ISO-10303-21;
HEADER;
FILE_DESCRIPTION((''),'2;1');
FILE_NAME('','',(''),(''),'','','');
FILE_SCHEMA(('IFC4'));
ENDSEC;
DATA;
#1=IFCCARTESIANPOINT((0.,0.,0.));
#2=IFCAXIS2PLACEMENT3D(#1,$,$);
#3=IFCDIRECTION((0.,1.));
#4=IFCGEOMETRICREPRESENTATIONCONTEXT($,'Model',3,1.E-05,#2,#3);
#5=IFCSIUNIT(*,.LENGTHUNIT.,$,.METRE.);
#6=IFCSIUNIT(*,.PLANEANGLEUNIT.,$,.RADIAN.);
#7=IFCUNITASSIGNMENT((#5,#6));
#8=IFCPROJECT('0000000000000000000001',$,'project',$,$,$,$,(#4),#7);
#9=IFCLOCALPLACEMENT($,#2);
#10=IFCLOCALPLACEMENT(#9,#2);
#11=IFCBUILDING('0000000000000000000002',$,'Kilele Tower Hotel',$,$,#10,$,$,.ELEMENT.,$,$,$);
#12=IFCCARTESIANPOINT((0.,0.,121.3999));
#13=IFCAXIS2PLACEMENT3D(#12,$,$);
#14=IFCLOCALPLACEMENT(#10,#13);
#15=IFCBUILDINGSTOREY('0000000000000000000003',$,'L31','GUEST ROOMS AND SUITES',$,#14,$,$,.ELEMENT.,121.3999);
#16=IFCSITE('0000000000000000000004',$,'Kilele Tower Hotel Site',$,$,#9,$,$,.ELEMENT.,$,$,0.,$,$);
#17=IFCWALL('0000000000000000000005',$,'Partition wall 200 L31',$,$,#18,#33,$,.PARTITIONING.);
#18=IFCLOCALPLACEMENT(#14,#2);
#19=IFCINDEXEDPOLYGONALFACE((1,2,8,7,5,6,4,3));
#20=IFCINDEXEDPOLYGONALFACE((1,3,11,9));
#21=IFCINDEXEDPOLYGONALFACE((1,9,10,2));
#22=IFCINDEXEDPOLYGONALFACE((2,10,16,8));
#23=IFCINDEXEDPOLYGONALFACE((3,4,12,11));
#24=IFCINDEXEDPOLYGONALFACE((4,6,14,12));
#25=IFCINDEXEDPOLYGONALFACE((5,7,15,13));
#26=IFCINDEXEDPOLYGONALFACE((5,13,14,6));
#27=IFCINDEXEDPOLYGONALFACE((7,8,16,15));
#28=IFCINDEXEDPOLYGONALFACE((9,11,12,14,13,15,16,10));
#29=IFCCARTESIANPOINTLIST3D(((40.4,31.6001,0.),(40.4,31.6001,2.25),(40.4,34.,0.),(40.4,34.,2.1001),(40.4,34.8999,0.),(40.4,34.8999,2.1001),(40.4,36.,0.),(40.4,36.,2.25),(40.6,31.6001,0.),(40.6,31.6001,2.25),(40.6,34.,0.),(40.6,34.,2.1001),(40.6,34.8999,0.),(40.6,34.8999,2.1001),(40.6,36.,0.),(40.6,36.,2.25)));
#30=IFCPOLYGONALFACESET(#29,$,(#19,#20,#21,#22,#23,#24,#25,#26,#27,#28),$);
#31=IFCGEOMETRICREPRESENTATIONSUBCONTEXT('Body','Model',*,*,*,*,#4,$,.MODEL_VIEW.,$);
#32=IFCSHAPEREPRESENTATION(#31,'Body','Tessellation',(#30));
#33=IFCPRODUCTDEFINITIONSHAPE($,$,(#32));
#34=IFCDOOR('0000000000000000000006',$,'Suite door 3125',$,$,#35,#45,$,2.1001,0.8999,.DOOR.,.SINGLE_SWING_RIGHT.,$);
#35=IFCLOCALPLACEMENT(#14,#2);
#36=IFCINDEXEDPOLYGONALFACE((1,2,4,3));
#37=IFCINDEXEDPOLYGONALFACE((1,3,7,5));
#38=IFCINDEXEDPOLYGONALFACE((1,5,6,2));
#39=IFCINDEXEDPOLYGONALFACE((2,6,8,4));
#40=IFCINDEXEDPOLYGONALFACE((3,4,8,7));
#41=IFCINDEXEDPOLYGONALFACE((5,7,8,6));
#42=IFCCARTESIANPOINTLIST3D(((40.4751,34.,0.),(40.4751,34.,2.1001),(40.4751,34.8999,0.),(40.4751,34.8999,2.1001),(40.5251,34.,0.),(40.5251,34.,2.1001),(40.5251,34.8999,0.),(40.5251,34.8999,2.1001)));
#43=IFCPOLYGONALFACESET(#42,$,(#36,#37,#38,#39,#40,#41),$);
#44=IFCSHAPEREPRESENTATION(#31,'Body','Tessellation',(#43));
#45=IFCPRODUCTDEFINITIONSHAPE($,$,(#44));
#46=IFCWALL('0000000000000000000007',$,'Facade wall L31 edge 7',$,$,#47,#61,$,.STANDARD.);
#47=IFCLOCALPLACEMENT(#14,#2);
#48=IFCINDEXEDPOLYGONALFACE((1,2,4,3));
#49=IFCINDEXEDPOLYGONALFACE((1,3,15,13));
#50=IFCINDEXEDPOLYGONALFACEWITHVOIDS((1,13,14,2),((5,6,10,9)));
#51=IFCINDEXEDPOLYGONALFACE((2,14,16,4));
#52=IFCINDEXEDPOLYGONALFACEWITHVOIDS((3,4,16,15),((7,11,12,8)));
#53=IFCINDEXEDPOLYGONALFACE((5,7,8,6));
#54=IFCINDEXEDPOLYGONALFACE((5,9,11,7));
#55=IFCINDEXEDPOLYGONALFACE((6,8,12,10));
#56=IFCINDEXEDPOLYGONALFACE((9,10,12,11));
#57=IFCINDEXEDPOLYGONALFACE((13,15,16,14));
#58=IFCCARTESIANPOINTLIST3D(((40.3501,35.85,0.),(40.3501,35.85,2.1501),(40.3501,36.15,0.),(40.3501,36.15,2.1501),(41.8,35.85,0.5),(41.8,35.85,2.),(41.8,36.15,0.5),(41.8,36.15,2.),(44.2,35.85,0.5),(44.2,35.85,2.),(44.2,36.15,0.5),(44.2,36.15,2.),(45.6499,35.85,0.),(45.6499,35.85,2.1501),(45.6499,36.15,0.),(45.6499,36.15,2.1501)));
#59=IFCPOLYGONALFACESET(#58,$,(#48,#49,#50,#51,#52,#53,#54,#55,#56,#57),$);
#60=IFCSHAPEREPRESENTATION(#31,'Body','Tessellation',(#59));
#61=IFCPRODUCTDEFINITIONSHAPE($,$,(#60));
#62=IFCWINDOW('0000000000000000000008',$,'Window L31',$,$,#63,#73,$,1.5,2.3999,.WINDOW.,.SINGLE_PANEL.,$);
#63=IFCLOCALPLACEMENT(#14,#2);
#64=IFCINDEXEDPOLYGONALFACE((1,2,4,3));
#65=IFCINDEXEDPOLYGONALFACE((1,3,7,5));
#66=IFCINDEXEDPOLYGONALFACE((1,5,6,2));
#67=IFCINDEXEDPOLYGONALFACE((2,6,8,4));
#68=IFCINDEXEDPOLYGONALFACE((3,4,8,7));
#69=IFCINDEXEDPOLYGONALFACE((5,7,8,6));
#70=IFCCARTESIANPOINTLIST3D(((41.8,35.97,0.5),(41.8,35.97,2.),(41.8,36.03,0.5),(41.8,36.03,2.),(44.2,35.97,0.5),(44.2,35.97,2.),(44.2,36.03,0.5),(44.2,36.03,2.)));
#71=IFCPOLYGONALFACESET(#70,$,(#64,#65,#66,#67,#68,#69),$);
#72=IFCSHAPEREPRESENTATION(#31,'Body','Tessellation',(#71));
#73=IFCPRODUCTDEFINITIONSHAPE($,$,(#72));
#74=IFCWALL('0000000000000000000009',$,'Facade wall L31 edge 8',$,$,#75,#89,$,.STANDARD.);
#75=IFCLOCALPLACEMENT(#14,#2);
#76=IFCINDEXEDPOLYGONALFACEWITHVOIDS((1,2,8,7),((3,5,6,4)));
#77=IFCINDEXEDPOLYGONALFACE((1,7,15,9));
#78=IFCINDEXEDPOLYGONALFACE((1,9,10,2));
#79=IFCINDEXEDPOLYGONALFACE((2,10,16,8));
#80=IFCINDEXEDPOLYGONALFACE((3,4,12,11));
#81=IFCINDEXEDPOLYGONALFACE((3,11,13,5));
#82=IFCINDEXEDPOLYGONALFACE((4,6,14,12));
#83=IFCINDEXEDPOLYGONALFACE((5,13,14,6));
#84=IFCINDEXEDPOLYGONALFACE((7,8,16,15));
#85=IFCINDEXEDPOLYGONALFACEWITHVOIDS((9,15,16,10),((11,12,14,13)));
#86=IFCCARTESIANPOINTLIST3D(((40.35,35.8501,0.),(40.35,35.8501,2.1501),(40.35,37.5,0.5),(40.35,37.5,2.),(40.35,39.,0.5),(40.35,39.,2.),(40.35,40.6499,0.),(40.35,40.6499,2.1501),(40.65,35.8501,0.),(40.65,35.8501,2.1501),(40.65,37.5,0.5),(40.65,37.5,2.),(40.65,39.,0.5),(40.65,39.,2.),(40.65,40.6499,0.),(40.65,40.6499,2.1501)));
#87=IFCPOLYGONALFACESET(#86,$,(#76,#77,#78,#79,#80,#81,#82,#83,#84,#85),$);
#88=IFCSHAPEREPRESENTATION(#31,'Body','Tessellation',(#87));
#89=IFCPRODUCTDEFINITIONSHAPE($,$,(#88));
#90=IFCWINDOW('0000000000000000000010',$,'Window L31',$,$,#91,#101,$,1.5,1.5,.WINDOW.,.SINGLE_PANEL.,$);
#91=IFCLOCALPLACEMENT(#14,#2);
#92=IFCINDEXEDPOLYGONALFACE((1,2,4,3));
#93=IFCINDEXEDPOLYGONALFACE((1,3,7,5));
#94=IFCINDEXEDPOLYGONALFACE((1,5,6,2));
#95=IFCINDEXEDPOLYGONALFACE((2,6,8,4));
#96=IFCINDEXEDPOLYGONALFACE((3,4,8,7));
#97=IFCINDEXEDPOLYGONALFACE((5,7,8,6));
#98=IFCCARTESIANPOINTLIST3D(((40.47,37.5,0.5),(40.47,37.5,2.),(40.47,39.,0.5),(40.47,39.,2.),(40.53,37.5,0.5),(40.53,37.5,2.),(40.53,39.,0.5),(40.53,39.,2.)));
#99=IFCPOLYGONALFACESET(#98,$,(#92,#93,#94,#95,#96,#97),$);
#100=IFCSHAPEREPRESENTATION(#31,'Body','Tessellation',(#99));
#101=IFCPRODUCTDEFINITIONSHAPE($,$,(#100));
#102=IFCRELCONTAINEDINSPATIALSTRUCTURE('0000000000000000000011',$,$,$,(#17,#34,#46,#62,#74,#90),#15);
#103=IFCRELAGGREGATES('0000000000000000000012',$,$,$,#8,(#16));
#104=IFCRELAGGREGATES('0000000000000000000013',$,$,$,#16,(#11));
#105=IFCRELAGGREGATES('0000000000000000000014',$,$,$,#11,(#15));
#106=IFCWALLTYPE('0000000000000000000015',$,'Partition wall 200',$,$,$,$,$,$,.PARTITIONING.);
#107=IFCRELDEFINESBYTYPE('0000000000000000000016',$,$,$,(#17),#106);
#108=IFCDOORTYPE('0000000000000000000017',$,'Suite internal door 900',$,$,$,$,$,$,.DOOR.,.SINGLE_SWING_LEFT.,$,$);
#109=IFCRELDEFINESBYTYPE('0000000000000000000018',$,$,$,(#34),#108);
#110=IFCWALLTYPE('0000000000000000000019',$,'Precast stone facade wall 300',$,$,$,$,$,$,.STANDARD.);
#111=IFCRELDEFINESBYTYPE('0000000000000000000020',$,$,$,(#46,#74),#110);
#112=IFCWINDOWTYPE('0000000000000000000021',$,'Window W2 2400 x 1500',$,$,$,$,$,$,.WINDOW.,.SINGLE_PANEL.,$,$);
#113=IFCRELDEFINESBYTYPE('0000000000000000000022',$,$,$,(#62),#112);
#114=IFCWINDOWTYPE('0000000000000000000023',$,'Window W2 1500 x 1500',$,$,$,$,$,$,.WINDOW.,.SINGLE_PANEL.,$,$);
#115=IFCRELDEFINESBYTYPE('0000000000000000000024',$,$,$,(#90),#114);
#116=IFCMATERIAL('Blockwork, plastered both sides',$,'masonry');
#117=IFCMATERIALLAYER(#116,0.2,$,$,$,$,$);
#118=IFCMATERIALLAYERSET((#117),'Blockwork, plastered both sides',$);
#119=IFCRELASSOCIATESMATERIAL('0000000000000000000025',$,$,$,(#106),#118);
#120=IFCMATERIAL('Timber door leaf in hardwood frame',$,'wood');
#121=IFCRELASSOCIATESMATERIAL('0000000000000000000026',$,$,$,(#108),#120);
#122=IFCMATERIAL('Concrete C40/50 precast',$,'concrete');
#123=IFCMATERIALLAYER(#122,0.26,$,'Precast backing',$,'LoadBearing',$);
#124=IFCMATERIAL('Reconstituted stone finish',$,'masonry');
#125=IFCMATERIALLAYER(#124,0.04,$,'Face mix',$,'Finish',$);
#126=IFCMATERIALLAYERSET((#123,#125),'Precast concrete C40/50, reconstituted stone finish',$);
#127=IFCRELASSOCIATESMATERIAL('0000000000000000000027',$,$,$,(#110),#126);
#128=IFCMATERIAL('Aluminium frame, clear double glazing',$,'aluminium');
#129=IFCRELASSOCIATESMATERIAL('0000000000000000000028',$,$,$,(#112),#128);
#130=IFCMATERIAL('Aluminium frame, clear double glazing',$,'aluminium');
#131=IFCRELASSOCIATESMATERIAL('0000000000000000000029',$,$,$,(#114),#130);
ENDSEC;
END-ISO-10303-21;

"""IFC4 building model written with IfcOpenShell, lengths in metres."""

from ifc_helpers import new_model, si_unit, direction, frame, frame_2d, origin, place, context, subcontext, project, spatial, rectangle, extrude, material, layer, layer_set, type_object, element, fill, save


model = new_model("IFC4")

# Units and contexts
model_context = context("Model", 3, precision=1e-05, world=origin(), true_north=direction((0.0, 1.0)))
body_context = subcontext(model_context, "Body", "Model", "MODEL_VIEW")
ifc_project = project(units=[si_unit("LENGTHUNIT", "METRE"), si_unit("PLANEANGLEUNIT", "RADIAN")], contexts=[model_context])

# Site, building, storey
site_placement = place(None, origin())
site = spatial("IfcSite", under=ifc_project, at=site_placement, Name="Kilele Tower Hotel Site", CompositionType="ELEMENT", RefElevation=0.0)
building_placement = place(site_placement, origin())
building = spatial("IfcBuilding", under=site, at=building_placement, Name="Kilele Tower Hotel", CompositionType="ELEMENT")
storey_placement = place(building_placement, frame((0.0, 0.0, 121.3999)))
storey = spatial("IfcBuildingStorey", under=building, at=storey_placement, Name="L31", Description="GUEST ROOMS AND SUITES", CompositionType="ELEMENT", Elevation=121.3999)

# Wall, opening, door
ifc_material_1 = material(Name="Blockwork, plastered both sides", Category="masonry")
ifc_layer_1 = layer(ifc_material_1, 0.2)
ifc_layer_set_1 = layer_set([ifc_layer_1], Name="Blockwork, plastered both sides")
wall_type_1 = type_object("IfcWallType", Name="Partition wall 200", PredefinedType="PARTITIONING", material=ifc_layer_set_1)
wall_1_placement = place(storey_placement, frame((40.5, 31.6001, 0.0), z_axis=(0.0, 0.0, 1.0), x_axis=(0.0, 1.0, 0.0)))
wall_1 = element("IfcWall", 1, at=wall_1_placement, inside=storey, type_object=wall_type_1, Name="Partition wall 200 L31", PredefinedType="PARTITIONING", context=body_context, shape_type="SweptSolid", body=[
    extrude(rectangle(XDim=4.3999, YDim=0.2, at=frame_2d((2.2, 0.0))), origin(), (0.0, 0.0, 1.0), 2.25),
])
opening_1_placement = place(wall_1_placement, frame((2.3999, 0.0, 0.0)))
opening_1 = element("IfcOpeningElement", 2, at=opening_1_placement, cuts=wall_1, PredefinedType="OPENING", context=body_context, shape_type="SweptSolid", body=[
    extrude(rectangle(XDim=0.8999, YDim=2.1001, at=frame_2d((0.45, 1.05))), frame((0.0, 0.1099, 0.0), z_axis=(0.0, -1.0, 0.0), x_axis=(1.0, 0.0, 0.0)), (0.0, 0.0, 1.0), 0.22),
])
ifc_material_2 = material(Name="Timber door leaf in hardwood frame", Category="wood")
door_type_1 = type_object("IfcDoorType", Name="Suite internal door 900", OperationType="SINGLE_SWING_LEFT", PredefinedType="DOOR", material=ifc_material_2)
door_1_placement = place(opening_1_placement, origin())
door_1 = element("IfcDoor", 3, at=door_1_placement, inside=storey, type_object=door_type_1, Name="Suite door 3125", OperationType="SINGLE_SWING_RIGHT", OverallHeight=2.1001, OverallWidth=0.8999, PredefinedType="DOOR", context=body_context, shape_type="SweptSolid", body=[
    extrude(rectangle(XDim=0.8999, YDim=2.1001, at=frame_2d((0.45, 1.05))), frame((0.0, 0.0249, 0.0), z_axis=(0.0, -1.0, 0.0), x_axis=(1.0, 0.0, 0.0)), (0.0, 0.0, 1.0), 0.05),
])
fill(opening_1, door_1)

# Walls, openings, windows
ifc_material_3 = material(Name="Concrete C40/50 precast", Category="concrete")
ifc_layer_2 = layer(ifc_material_3, 0.26, Name="Precast backing", Category="LoadBearing")
ifc_material_4 = material(Name="Reconstituted stone finish", Category="masonry")
ifc_layer_3 = layer(ifc_material_4, 0.04, Name="Face mix", Category="Finish")
ifc_layer_set_2 = layer_set([ifc_layer_2, ifc_layer_3], Name="Precast concrete C40/50, reconstituted stone finish")
wall_type_2 = type_object("IfcWallType", Name="Precast stone facade wall 300", PredefinedType="STANDARD", material=ifc_layer_set_2)
wall_2_placement = place(storey_placement, frame((45.6499, 36.0, 0.0), z_axis=(0.0, 0.0, 1.0), x_axis=(-1.0, 0.0, 0.0)))
wall_2 = element("IfcWall", 4, at=wall_2_placement, inside=storey, type_object=wall_type_2, Name="Facade wall L31 edge 7", PredefinedType="STANDARD", context=body_context, shape_type="SweptSolid", body=[
    extrude(rectangle(XDim=5.2998, YDim=0.3, at=frame_2d((2.6499, 0.0))), origin(), (0.0, 0.0, 1.0), 2.1501),
])
opening_2_placement = place(wall_2_placement, frame((1.45, 0.0, 0.5)))
opening_2 = element("IfcOpeningElement", 5, at=opening_2_placement, cuts=wall_2, PredefinedType="OPENING", context=body_context, shape_type="SweptSolid", body=[
    extrude(rectangle(XDim=2.3999, YDim=1.5, at=frame_2d((1.2, 0.75))), frame((0.0, 0.1599, 0.0), z_axis=(0.0, -1.0, 0.0), x_axis=(1.0, 0.0, 0.0)), (0.0, 0.0, 1.0), 0.3201),
])
ifc_material_5 = material(Name="Aluminium frame, clear double glazing", Category="aluminium")
window_type_1 = type_object("IfcWindowType", Name="Window W2 2400 x 1500", PartitioningType="SINGLE_PANEL", PredefinedType="WINDOW", material=ifc_material_5)
window_1_placement = place(opening_2_placement, origin())
window_1 = element("IfcWindow", 6, at=window_1_placement, inside=storey, type_object=window_type_1, Name="Window L31", OverallHeight=1.5, OverallWidth=2.3999, PartitioningType="SINGLE_PANEL", PredefinedType="WINDOW", context=body_context, shape_type="SweptSolid", body=[
    extrude(rectangle(XDim=2.3999, YDim=1.5, at=frame_2d((1.2, 0.75))), frame((0.0, 0.03, 0.0), z_axis=(0.0, -1.0, 0.0), x_axis=(1.0, 0.0, 0.0)), (0.0, 0.0, 1.0), 0.0601),
])
fill(opening_2, window_1)
wall_3_placement = place(storey_placement, frame((40.5, 35.8501, 0.0), z_axis=(0.0, 0.0, 1.0), x_axis=(0.0, 1.0, 0.0)))
wall_3 = element("IfcWall", 7, at=wall_3_placement, inside=storey, type_object=wall_type_2, Name="Facade wall L31 edge 8", PredefinedType="STANDARD", context=body_context, shape_type="SweptSolid", body=[
    extrude(rectangle(XDim=4.7998, YDim=0.3, at=frame_2d((2.3999, 0.0))), origin(), (0.0, 0.0, 1.0), 2.1501),
])
opening_3_placement = place(wall_3_placement, frame((1.6499, 0.0, 0.5)))
opening_3 = element("IfcOpeningElement", 8, at=opening_3_placement, cuts=wall_3, PredefinedType="OPENING", context=body_context, shape_type="SweptSolid", body=[
    extrude(rectangle(XDim=1.5, YDim=1.5, at=frame_2d((0.75, 0.75))), frame((0.0, 0.1599, 0.0), z_axis=(0.0, -1.0, 0.0), x_axis=(1.0, 0.0, 0.0)), (0.0, 0.0, 1.0), 0.3201),
])
ifc_material_6 = material(Name="Aluminium frame, clear double glazing", Category="aluminium")
window_type_2 = type_object("IfcWindowType", Name="Window W2 1500 x 1500", PartitioningType="SINGLE_PANEL", PredefinedType="WINDOW", material=ifc_material_6)
window_2_placement = place(opening_3_placement, origin())
window_2 = element("IfcWindow", 9, at=window_2_placement, inside=storey, type_object=window_type_2, Name="Window L31", OverallHeight=1.5, OverallWidth=1.5, PartitioningType="SINGLE_PANEL", PredefinedType="WINDOW", context=body_context, shape_type="SweptSolid", body=[
    extrude(rectangle(XDim=1.5, YDim=1.5, at=frame_2d((0.75, 0.75))), frame((0.0, 0.03, 0.0), z_axis=(0.0, -1.0, 0.0), x_axis=(1.0, 0.0, 0.0)), (0.0, 0.0, 1.0), 0.0601),
])
fill(opening_3, window_2)

save(model, "model.ifc")
